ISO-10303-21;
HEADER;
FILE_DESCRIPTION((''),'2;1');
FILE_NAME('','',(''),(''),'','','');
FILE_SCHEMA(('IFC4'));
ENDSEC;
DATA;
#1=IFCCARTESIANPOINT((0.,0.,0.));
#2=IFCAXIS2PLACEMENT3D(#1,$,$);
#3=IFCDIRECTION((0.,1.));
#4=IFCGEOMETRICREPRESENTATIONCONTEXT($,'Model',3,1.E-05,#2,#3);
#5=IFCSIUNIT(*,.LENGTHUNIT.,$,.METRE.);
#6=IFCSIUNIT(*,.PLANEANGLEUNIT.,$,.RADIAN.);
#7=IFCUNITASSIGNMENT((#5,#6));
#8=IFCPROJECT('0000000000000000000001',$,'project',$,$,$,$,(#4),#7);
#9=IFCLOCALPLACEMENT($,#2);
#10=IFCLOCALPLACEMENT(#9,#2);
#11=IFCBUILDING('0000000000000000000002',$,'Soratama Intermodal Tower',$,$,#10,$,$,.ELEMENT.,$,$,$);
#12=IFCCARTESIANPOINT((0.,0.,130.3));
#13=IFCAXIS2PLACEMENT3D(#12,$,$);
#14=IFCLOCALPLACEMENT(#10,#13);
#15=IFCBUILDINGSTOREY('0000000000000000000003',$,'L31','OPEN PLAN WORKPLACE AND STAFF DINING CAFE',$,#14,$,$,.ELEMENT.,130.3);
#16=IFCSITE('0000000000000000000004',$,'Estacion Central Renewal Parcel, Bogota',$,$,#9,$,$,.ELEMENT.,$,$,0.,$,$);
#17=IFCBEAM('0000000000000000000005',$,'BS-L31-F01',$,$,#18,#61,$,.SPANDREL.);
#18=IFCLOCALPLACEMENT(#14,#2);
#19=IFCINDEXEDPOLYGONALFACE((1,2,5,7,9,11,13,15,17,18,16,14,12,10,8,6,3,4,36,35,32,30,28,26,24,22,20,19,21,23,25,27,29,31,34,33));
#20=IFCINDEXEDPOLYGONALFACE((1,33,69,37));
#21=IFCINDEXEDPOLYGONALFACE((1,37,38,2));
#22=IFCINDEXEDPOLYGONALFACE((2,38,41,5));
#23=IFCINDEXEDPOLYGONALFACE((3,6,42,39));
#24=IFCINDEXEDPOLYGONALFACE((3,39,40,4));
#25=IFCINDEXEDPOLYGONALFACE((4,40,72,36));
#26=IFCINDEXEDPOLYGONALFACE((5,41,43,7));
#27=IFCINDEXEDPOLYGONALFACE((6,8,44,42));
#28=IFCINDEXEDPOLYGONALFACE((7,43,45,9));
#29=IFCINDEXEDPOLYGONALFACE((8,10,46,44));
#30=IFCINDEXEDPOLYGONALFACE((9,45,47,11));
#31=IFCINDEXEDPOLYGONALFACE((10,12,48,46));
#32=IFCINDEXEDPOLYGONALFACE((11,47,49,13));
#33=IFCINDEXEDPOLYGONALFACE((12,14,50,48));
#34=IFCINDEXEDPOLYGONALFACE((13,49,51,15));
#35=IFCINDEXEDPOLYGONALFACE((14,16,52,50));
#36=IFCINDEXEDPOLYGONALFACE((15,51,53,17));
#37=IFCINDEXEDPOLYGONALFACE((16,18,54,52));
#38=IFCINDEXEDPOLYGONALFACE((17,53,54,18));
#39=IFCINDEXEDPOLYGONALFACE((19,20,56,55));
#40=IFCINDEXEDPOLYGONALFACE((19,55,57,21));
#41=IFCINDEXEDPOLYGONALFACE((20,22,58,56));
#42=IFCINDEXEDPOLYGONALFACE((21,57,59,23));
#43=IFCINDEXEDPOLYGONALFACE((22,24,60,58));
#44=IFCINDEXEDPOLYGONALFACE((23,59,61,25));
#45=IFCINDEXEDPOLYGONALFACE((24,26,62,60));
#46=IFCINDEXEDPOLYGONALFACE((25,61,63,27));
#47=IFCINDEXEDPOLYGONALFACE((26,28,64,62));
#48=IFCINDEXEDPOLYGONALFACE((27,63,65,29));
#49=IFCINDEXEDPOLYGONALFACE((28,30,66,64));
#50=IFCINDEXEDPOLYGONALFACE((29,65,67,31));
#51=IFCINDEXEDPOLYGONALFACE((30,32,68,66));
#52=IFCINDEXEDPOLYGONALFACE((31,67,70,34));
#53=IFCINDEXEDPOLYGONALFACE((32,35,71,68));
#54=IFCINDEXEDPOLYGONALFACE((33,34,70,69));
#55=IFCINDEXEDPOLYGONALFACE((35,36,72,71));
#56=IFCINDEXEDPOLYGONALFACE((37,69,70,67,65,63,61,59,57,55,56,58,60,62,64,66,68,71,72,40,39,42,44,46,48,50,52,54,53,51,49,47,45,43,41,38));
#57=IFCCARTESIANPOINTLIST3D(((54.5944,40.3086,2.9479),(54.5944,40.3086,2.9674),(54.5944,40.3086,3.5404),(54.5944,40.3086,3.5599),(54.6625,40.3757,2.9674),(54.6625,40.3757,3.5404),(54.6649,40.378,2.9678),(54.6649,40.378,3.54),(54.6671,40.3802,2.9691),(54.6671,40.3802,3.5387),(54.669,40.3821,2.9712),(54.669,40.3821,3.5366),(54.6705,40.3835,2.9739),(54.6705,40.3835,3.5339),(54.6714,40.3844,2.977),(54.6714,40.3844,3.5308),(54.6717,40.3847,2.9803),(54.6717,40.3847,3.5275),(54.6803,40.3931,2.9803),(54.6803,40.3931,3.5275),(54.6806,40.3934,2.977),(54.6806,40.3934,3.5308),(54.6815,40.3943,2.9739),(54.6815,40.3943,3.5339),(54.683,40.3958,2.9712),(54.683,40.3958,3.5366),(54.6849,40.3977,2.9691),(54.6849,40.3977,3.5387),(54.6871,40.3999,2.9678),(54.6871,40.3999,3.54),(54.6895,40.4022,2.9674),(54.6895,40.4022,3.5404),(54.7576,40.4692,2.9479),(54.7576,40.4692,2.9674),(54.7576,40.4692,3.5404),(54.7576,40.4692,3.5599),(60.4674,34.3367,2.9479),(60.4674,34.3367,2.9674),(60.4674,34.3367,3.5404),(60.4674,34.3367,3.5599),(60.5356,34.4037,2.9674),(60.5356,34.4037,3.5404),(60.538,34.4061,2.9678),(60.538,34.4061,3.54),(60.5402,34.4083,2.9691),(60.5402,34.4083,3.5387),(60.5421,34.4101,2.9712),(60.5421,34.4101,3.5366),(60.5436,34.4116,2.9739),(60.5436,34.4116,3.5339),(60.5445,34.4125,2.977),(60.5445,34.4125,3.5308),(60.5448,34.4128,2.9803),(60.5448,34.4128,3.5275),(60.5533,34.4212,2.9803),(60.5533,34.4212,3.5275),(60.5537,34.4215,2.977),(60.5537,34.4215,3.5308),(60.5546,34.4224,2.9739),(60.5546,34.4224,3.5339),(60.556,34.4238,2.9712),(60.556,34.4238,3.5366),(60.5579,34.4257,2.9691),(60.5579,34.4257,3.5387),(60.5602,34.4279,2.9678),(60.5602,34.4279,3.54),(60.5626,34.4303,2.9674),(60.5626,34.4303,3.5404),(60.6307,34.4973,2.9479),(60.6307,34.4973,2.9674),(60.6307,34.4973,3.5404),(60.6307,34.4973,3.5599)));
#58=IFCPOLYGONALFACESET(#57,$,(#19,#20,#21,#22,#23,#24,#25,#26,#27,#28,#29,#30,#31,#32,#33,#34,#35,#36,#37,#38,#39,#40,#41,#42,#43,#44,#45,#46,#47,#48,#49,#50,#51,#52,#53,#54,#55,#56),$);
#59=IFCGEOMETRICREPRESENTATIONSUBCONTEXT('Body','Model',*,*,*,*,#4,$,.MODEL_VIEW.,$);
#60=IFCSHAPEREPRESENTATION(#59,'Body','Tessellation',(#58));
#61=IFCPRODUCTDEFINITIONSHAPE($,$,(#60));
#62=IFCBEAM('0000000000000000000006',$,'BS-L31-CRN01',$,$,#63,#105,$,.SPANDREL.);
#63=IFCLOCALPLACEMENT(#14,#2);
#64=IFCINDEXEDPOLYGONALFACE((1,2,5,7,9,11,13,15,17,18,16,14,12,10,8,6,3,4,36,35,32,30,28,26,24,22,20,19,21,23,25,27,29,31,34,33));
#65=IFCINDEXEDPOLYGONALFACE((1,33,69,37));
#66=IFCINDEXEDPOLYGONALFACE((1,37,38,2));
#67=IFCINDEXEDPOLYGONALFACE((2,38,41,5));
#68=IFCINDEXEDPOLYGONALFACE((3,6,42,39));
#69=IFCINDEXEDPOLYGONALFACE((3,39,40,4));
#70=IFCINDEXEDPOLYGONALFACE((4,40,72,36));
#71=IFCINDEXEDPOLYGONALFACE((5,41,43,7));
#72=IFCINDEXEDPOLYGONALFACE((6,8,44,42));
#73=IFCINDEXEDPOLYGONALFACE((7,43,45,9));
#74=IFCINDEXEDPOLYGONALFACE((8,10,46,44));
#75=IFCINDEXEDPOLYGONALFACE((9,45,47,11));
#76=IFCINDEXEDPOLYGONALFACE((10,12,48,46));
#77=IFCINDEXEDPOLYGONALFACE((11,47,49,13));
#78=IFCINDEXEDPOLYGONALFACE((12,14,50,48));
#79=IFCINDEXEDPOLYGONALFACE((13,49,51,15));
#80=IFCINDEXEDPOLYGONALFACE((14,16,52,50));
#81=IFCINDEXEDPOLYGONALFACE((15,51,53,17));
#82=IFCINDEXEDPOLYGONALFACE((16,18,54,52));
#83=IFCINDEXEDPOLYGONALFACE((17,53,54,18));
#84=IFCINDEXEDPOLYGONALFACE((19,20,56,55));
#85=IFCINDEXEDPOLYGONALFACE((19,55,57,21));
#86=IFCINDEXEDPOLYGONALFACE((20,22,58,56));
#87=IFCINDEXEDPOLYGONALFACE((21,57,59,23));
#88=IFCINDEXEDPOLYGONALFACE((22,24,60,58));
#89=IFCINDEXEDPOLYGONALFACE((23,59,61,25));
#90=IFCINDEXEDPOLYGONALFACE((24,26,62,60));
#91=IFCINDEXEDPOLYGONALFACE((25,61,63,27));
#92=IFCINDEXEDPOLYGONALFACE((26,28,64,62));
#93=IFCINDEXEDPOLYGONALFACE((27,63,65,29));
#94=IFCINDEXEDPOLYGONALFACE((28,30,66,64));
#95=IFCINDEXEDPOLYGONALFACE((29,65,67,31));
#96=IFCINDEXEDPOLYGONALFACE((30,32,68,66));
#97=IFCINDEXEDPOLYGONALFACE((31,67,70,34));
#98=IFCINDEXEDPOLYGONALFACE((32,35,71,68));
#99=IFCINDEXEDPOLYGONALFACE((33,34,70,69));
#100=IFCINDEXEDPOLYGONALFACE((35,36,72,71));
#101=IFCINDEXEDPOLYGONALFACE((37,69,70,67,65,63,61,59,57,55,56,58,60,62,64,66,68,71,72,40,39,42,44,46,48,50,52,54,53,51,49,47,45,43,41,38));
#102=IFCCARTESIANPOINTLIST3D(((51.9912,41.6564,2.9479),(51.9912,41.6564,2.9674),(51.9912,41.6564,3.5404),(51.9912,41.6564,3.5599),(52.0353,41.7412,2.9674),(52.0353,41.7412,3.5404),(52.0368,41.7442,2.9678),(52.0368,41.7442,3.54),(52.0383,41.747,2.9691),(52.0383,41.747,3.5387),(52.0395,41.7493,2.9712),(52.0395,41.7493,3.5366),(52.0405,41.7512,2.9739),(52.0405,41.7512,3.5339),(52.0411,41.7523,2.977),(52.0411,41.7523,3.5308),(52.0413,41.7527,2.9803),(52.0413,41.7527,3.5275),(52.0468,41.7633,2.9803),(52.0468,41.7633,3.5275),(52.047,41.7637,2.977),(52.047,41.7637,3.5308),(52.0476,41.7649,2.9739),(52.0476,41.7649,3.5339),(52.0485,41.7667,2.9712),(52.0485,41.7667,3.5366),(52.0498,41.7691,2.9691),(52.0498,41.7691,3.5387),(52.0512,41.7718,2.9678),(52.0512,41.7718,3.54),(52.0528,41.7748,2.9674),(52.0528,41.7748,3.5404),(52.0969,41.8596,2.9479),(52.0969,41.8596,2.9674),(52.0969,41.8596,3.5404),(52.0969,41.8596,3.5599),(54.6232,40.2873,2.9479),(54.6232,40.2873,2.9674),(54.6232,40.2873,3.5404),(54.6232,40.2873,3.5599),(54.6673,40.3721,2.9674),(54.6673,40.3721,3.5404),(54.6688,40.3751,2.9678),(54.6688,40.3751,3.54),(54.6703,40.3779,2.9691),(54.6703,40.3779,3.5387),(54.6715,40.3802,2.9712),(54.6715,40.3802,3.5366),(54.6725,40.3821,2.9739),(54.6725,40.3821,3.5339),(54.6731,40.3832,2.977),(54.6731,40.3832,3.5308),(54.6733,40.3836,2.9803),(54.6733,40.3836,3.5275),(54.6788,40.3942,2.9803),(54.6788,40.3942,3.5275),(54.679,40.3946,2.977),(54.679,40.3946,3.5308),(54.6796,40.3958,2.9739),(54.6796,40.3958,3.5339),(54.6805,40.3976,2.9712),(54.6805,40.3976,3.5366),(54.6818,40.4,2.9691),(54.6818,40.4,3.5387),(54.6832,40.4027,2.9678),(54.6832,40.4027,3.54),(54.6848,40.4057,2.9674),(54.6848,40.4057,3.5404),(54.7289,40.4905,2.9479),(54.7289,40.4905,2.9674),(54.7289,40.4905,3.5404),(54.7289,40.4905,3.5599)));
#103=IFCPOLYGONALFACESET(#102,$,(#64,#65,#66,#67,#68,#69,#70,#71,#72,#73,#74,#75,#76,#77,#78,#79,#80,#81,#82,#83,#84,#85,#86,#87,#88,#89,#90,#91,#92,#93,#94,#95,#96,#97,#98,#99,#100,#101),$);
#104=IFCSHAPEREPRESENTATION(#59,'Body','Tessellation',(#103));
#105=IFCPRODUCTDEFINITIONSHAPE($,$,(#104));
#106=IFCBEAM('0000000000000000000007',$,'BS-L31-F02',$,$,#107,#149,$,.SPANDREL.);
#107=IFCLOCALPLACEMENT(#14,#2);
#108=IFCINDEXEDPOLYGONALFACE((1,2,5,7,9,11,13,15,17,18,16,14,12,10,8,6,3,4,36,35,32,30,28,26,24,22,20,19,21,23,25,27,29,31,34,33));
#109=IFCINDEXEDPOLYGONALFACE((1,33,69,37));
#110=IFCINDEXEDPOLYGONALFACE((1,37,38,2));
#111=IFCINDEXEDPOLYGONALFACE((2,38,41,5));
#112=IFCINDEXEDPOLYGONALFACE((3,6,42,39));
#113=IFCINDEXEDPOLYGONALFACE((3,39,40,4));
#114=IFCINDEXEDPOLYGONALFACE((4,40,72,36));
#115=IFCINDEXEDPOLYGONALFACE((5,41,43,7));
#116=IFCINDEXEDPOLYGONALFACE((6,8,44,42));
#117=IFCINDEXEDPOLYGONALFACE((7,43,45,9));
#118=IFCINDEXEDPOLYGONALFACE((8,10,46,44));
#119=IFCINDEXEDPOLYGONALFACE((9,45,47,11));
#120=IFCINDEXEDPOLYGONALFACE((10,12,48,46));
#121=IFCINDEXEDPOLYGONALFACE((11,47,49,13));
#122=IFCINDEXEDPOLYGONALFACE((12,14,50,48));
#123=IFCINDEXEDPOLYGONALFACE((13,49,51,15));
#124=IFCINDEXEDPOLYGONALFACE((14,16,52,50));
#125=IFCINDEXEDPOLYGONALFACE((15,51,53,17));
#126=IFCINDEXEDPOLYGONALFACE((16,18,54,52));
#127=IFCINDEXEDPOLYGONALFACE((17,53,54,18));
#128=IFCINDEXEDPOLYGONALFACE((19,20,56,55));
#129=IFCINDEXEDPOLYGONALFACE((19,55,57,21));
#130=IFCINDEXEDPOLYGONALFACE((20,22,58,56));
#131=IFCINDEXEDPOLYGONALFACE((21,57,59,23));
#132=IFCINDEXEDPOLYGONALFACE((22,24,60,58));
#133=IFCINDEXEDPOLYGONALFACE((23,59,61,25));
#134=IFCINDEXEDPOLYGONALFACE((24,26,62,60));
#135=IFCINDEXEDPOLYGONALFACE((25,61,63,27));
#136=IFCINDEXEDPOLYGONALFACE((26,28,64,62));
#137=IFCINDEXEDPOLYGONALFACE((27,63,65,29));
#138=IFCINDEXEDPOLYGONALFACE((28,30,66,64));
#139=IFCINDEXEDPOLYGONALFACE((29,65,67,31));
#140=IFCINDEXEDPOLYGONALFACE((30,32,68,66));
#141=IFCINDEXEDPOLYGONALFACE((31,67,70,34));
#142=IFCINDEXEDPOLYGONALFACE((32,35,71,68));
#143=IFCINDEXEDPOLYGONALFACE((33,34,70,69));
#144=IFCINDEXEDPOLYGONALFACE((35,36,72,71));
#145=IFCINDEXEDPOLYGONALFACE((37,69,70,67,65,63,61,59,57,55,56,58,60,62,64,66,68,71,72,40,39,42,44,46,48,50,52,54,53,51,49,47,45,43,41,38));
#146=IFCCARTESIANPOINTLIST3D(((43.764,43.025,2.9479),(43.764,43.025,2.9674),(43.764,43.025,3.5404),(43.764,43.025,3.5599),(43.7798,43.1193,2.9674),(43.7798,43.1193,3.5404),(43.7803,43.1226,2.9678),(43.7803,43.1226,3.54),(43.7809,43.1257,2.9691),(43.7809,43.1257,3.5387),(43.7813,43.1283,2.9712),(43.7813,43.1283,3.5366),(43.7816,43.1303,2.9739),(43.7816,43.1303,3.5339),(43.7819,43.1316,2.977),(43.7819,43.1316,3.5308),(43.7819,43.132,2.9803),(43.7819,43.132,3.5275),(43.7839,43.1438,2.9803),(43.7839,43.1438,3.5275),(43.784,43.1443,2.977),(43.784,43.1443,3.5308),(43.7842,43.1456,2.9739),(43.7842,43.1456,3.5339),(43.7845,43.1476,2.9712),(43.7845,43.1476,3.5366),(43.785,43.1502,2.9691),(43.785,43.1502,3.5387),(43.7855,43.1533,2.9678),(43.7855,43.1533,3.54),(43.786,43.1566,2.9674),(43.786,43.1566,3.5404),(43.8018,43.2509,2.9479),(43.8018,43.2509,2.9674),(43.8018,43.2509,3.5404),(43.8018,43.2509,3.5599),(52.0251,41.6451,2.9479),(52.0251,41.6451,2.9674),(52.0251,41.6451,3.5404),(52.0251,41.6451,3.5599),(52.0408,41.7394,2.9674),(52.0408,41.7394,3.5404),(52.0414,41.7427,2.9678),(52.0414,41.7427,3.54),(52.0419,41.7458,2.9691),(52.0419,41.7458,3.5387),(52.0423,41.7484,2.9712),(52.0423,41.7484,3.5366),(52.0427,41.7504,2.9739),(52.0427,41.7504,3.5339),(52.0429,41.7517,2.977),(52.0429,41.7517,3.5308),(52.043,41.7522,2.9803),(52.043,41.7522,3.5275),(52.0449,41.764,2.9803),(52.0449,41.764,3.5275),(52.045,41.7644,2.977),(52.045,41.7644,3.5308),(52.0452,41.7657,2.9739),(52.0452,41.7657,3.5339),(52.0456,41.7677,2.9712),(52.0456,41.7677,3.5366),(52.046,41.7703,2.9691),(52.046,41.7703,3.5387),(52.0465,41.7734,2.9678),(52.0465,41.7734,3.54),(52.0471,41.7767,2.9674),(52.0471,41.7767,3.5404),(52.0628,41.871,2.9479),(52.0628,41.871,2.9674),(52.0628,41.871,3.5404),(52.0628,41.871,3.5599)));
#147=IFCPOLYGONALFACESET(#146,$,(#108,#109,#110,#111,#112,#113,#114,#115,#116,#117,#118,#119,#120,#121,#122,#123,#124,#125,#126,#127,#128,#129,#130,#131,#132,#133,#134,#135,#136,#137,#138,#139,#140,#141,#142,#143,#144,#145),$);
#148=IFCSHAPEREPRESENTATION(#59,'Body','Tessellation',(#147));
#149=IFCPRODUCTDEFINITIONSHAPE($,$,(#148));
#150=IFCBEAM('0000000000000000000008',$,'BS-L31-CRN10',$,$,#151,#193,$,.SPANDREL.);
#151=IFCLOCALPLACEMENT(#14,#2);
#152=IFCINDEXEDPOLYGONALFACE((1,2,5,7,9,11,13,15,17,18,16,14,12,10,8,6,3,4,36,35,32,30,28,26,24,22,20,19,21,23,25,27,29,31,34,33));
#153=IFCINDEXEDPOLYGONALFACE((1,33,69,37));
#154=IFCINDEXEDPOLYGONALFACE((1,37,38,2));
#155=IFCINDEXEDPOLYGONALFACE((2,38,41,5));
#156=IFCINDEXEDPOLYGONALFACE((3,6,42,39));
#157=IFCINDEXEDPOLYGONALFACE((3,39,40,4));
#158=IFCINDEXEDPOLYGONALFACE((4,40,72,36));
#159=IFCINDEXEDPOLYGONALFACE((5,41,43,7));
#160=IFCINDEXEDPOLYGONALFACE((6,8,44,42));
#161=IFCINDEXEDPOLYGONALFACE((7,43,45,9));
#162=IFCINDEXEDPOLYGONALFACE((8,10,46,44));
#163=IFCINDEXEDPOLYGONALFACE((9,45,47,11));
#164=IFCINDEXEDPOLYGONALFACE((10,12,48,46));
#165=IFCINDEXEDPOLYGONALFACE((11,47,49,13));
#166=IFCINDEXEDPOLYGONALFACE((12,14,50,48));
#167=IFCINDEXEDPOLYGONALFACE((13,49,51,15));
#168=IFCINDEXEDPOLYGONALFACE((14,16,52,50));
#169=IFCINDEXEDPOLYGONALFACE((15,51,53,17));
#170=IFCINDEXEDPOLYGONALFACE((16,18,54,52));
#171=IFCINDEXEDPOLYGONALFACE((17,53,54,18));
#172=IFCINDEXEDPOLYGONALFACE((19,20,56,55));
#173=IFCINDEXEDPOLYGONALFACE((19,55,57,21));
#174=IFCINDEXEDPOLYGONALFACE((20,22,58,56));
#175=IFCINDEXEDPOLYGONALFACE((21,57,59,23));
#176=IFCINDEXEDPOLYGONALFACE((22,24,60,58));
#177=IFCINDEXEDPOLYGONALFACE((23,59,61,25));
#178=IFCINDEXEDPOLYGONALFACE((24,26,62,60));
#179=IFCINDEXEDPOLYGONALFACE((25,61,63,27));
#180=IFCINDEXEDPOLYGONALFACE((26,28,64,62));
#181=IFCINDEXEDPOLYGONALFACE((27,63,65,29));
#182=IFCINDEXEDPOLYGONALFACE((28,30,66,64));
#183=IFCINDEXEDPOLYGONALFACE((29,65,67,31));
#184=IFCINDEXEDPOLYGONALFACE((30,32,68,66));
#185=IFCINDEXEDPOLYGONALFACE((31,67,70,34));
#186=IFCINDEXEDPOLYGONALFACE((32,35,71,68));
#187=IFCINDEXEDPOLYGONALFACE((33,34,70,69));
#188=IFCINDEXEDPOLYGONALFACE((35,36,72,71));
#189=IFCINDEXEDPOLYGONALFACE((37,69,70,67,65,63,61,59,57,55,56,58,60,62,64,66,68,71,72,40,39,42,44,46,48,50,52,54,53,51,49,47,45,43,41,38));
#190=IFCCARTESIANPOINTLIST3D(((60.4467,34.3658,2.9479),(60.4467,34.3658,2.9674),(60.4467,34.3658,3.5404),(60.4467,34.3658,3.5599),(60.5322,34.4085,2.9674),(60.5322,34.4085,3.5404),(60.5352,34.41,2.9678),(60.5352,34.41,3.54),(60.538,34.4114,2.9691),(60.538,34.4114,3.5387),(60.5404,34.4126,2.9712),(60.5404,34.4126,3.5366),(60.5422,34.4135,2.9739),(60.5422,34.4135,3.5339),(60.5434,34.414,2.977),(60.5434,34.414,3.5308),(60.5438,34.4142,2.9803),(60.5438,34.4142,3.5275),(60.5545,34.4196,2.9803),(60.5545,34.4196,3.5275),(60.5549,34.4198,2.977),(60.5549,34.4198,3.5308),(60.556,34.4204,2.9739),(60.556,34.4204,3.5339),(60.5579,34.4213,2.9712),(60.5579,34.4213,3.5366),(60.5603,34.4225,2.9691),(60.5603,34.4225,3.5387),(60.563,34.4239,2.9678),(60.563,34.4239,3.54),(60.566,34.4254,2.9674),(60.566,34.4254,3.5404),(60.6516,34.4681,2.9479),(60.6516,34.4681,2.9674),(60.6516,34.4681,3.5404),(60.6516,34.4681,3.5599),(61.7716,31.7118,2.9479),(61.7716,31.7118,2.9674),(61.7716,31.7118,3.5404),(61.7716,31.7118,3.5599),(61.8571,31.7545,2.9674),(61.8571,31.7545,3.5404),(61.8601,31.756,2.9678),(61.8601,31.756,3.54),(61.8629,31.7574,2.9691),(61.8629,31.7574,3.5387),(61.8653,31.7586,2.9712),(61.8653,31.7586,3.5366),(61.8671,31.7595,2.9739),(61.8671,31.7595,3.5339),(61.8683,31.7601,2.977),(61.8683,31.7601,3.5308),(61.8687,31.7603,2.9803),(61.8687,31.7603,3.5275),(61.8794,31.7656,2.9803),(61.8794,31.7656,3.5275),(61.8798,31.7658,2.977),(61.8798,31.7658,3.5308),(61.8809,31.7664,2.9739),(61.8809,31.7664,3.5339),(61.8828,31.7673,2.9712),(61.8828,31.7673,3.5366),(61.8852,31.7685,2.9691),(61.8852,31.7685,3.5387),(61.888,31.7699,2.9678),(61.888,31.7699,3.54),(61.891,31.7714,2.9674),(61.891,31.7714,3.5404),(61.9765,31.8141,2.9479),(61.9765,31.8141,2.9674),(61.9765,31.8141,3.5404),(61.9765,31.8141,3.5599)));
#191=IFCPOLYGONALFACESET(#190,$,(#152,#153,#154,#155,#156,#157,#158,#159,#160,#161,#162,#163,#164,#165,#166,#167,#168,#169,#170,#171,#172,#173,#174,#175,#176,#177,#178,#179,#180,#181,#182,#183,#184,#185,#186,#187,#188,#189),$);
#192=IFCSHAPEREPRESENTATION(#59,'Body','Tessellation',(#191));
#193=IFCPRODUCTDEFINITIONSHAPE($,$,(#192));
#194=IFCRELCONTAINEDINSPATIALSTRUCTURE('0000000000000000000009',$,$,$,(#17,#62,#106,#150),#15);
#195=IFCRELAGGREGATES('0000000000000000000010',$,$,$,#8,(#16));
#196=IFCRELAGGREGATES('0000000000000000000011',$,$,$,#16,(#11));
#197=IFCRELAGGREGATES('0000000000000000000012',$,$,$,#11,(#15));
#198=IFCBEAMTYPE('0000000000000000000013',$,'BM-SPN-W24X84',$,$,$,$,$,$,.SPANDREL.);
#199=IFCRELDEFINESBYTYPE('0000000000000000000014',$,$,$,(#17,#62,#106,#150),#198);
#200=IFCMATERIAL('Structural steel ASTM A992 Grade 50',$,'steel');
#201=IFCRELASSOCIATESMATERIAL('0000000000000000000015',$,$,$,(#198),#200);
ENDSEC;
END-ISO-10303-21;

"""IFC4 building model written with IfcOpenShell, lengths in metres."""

from ifc_helpers import new_model, si_unit, direction, frame, origin, origin_2d, place, context, subcontext, project, spatial, i_section, extrude, material, material_profile, profile_set, type_object, element, save


model = new_model("IFC4")

# Units and contexts
model_context = context("Model", 3, precision=1e-05, world=origin(), true_north=direction((0.0, 1.0)))
body_context = subcontext(model_context, "Body", "Model", "MODEL_VIEW")
ifc_project = project(units=[si_unit("LENGTHUNIT", "METRE"), si_unit("PLANEANGLEUNIT", "RADIAN")], contexts=[model_context])

# Site, building, storey
site_placement = place(None, origin())
site = spatial("IfcSite", under=ifc_project, at=site_placement, Name="Estacion Central Renewal Parcel, Bogota", CompositionType="ELEMENT", RefElevation=0.0)
building_placement = place(site_placement, origin())
building = spatial("IfcBuilding", under=site, at=building_placement, Name="Soratama Intermodal Tower", CompositionType="ELEMENT")
storey_placement = place(building_placement, frame((0.0, 0.0, 130.3)))
storey = spatial("IfcBuildingStorey", under=building, at=storey_placement, Name="L31", Description="OPEN PLAN WORKPLACE AND STAFF DINING CAFE", CompositionType="ELEMENT", Elevation=130.3)

# Beams
ifc_material_1 = material(Name="Structural steel ASTM A992 Grade 50", Category="steel")
ifc_material_profile_1 = material_profile(ifc_material_1, i_section(OverallWidth=0.229, OverallDepth=0.6121, WebThickness=0.012, FlangeThickness=0.0195, FilletRadius=0.0129, at=origin_2d()), Name="W24X84")
ifc_profile_set_1 = profile_set([ifc_material_profile_1], Name="Structural steel ASTM A992 Grade 50")
beam_type_1 = type_object("IfcBeamType", Name="BM-SPN-W24X84", PredefinedType="SPANDREL", material=ifc_profile_set_1)
beam_1_placement = place(storey_placement, frame((60.5491, 34.417, 3.2539), z_axis=(-0.70118, 0.712985, 0.0), x_axis=(-0.712985, -0.70118, 0.0)))
element("IfcBeam", 1, at=beam_1_placement, inside=storey, type_object=beam_type_1, Name="BS-L31-F01", PredefinedType="SPANDREL", context=body_context, shape_type="SweptSolid", body=[
    extrude(i_section(OverallWidth=0.229, OverallDepth=0.6121, WebThickness=0.012, FlangeThickness=0.0195, FilletRadius=0.0129, at=origin_2d()), origin(), (0.0, 0.0, 1.0), 8.376),
])
beam_2_placement = place(storey_placement, frame((54.676, 40.3889, 3.2539), z_axis=(-0.887153, 0.461475, 0.0), x_axis=(-0.461475, -0.887153, 0.0)))
element("IfcBeam", 2, at=beam_2_placement, inside=storey, type_object=beam_type_1, Name="BS-L31-CRN01", PredefinedType="SPANDREL", context=body_context, shape_type="SweptSolid", body=[
    extrude(i_section(OverallWidth=0.229, OverallDepth=0.6121, WebThickness=0.012, FlangeThickness=0.0195, FilletRadius=0.0129, at=origin_2d()), origin(), (0.0, 0.0, 1.0), 2.9668),
])
beam_3_placement = place(storey_placement, frame((52.0439, 41.7581, 3.2539), z_axis=(-0.986335, 0.164753, 0.0), x_axis=(-0.164753, -0.986335, 0.0)))
element("IfcBeam", 3, at=beam_3_placement, inside=storey, type_object=beam_type_1, Name="BS-L31-F02", PredefinedType="SPANDREL", context=body_context, shape_type="SweptSolid", body=[
    extrude(i_section(OverallWidth=0.229, OverallDepth=0.6121, WebThickness=0.012, FlangeThickness=0.0195, FilletRadius=0.0129, at=origin_2d()), origin(), (0.0, 0.0, 1.0), 8.3755),
])
beam_4_placement = place(storey_placement, frame((61.874, 31.7629, 3.2539), z_axis=(-0.446654, 0.894707, 0.0), x_axis=(-0.894707, -0.446654, 0.0)))
element("IfcBeam", 4, at=beam_4_placement, inside=storey, type_object=beam_type_1, Name="BS-L31-CRN10", PredefinedType="SPANDREL", context=body_context, shape_type="SweptSolid", body=[
    extrude(i_section(OverallWidth=0.229, OverallDepth=0.6121, WebThickness=0.012, FlangeThickness=0.0195, FilletRadius=0.0129, at=origin_2d()), origin(), (0.0, 0.0, 1.0), 2.9663),
])

save(model, "model.ifc")
